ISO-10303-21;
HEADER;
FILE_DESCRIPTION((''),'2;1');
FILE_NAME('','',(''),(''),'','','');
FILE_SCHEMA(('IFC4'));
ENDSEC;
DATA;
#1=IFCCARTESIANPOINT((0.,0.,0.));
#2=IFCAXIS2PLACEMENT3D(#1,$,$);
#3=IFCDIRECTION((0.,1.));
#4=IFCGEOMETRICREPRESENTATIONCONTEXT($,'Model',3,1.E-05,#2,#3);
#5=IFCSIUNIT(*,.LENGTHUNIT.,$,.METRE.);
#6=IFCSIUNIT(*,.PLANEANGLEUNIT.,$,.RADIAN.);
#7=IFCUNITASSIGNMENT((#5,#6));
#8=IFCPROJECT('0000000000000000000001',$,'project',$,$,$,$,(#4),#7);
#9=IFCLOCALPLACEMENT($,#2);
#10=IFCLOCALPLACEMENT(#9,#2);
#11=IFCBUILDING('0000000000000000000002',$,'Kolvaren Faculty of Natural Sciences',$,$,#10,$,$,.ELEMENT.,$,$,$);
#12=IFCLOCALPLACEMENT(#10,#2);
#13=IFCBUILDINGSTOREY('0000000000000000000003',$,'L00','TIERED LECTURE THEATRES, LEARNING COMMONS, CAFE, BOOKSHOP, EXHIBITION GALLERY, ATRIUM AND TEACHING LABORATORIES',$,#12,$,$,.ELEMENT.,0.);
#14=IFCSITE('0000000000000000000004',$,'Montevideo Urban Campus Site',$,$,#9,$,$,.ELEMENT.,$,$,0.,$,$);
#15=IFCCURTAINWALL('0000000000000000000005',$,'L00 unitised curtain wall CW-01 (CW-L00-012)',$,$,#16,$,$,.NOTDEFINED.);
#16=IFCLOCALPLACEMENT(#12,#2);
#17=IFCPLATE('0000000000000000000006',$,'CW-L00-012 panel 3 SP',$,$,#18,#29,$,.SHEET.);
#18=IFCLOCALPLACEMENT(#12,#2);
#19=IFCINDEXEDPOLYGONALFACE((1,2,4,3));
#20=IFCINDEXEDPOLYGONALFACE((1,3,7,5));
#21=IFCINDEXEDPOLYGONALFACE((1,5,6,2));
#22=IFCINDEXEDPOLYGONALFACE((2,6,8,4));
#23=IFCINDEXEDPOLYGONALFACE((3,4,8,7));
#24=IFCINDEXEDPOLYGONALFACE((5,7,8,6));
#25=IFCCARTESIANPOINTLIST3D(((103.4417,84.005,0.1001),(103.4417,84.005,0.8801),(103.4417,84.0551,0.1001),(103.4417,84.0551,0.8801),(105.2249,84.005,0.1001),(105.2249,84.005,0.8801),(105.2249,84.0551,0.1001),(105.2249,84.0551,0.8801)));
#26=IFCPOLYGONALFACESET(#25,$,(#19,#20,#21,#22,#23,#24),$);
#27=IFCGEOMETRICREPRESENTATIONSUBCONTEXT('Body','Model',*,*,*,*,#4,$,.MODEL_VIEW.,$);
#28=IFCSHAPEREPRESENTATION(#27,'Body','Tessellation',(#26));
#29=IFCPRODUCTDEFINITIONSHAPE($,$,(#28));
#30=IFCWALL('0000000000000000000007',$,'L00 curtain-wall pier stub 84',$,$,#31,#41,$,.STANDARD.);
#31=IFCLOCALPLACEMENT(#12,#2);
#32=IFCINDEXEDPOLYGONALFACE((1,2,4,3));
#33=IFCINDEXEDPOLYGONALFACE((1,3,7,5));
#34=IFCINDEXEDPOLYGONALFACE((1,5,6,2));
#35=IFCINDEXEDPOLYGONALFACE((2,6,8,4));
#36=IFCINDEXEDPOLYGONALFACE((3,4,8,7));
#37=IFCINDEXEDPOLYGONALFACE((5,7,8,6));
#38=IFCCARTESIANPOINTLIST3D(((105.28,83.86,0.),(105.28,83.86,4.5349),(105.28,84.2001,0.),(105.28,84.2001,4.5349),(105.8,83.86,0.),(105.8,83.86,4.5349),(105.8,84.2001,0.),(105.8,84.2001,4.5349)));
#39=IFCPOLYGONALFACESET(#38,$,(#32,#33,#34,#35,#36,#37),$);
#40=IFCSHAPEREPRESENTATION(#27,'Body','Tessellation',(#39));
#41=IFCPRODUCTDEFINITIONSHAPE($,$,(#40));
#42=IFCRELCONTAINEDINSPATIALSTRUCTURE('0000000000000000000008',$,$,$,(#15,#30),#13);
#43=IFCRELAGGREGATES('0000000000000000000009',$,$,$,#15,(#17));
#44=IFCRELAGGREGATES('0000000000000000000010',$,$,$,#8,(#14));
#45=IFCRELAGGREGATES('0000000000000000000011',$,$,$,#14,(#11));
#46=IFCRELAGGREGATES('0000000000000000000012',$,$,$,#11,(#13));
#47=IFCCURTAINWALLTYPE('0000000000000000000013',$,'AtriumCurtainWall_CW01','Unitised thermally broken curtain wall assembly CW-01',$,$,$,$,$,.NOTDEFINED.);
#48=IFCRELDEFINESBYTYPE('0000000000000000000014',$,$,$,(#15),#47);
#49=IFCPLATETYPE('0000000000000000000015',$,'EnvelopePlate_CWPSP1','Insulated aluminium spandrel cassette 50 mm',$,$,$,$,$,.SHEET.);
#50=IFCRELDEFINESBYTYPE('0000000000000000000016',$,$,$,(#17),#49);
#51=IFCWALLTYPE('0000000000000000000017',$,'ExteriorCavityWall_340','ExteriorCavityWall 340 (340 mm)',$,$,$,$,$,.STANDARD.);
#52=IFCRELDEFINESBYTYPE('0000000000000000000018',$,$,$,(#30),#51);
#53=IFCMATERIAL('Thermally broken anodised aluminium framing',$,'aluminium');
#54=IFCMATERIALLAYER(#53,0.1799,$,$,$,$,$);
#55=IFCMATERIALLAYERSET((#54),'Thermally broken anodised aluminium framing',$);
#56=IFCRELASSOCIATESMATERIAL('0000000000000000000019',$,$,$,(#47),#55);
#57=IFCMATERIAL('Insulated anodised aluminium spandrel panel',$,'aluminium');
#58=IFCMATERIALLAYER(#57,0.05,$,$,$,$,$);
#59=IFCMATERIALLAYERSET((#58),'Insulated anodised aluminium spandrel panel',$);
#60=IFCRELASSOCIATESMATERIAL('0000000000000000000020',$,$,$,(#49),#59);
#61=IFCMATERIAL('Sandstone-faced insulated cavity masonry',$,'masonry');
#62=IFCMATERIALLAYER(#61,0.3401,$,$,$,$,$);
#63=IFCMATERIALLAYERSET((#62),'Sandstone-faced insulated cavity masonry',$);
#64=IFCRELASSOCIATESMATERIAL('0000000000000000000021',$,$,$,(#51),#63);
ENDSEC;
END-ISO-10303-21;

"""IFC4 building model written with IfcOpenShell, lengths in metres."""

from ifc_helpers import new_model, si_unit, direction, frame, frame_2d, origin, origin_2d, place, context, subcontext, project, spatial, rectangle, extrude, material, layer, layer_set, type_object, element, aggregate, save


model = new_model("IFC4")

# Units and contexts
model_context = context("Model", 3, precision=1e-05, world=origin(), true_north=direction((0.0, 1.0)))
body_context = subcontext(model_context, "Body", "Model", "MODEL_VIEW")
ifc_project = project(units=[si_unit("LENGTHUNIT", "METRE"), si_unit("PLANEANGLEUNIT", "RADIAN")], contexts=[model_context])

# Site, building, storey
site_placement = place(None, origin())
site = spatial("IfcSite", under=ifc_project, at=site_placement, Name="Montevideo Urban Campus Site", CompositionType="ELEMENT", RefElevation=0.0)
building_placement = place(site_placement, origin())
building = spatial("IfcBuilding", under=site, at=building_placement, Name="Kolvaren Faculty of Natural Sciences", CompositionType="ELEMENT")
storey_placement = place(building_placement, origin())
storey = spatial("IfcBuildingStorey", under=building, at=storey_placement, Name="L00", Description="TIERED LECTURE THEATRES, LEARNING COMMONS, CAFE, BOOKSHOP, EXHIBITION GALLERY, ATRIUM AND TEACHING LABORATORIES", CompositionType="ELEMENT", Elevation=0.0)

# Curtain wall
ifc_material_1 = material(Name="Thermally broken anodised aluminium framing", Category="aluminium")
ifc_layer_1 = layer(ifc_material_1, 0.1799)
ifc_layer_set_1 = layer_set([ifc_layer_1], Name="Thermally broken anodised aluminium framing")
curtain_wall_type = type_object("IfcCurtainWallType", Name="AtriumCurtainWall_CW01", Description="Unitised thermally broken curtain wall assembly CW-01", PredefinedType="NOTDEFINED", material=ifc_layer_set_1)
curtain_wall_placement = place(storey_placement, origin())
curtain_wall = element("IfcCurtainWall", 1, at=curtain_wall_placement, inside=storey, type_object=curtain_wall_type, Name="L00 unitised curtain wall CW-01 (CW-L00-012)", PredefinedType="NOTDEFINED")

# Plate
ifc_material_2 = material(Name="Insulated anodised aluminium spandrel panel", Category="aluminium")
ifc_layer_2 = layer(ifc_material_2, 0.05)
ifc_layer_set_2 = layer_set([ifc_layer_2], Name="Insulated anodised aluminium spandrel panel")
plate_type_1 = type_object("IfcPlateType", Name="EnvelopePlate_CWPSP1", Description="Insulated aluminium spandrel cassette 50 mm", PredefinedType="SHEET", material=ifc_layer_set_2)
plate_1_placement = place(storey_placement, frame((104.3333, 84.03, 0.1001), z_axis=(0.0, 0.0, 1.0), x_axis=(1.0, 0.0, 0.0)))
plate_1 = element("IfcPlate", 2, at=plate_1_placement, type_object=plate_type_1, Name="CW-L00-012 panel 3 SP", PredefinedType="SHEET", context=body_context, shape_type="SweptSolid", body=[
    extrude(rectangle(XDim=1.7832, YDim=0.05, at=origin_2d()), origin(), (0.0, 0.0, 1.0), 0.78),
])
aggregate(curtain_wall, [plate_1])

# Wall
ifc_material_3 = material(Name="Sandstone-faced insulated cavity masonry", Category="masonry")
ifc_layer_3 = layer(ifc_material_3, 0.3401)
ifc_layer_set_3 = layer_set([ifc_layer_3], Name="Sandstone-faced insulated cavity masonry")
wall_type = type_object("IfcWallType", Name="ExteriorCavityWall_340", Description="ExteriorCavityWall 340 (340 mm)", PredefinedType="STANDARD", material=ifc_layer_set_3)
wall_placement = place(storey_placement, frame((105.28, 84.03, 0.0), z_axis=(0.0, 0.0, 1.0), x_axis=(1.0, 0.0, 0.0)))
element("IfcWall", 3, at=wall_placement, inside=storey, type_object=wall_type, Name="L00 curtain-wall pier stub 84", PredefinedType="STANDARD", context=body_context, shape_type="SweptSolid", body=[
    extrude(rectangle(XDim=0.52, YDim=0.3401, at=frame_2d((0.26, 0.0))), origin(), (0.0, 0.0, 1.0), 4.5349),
])

save(model, "model.ifc")
